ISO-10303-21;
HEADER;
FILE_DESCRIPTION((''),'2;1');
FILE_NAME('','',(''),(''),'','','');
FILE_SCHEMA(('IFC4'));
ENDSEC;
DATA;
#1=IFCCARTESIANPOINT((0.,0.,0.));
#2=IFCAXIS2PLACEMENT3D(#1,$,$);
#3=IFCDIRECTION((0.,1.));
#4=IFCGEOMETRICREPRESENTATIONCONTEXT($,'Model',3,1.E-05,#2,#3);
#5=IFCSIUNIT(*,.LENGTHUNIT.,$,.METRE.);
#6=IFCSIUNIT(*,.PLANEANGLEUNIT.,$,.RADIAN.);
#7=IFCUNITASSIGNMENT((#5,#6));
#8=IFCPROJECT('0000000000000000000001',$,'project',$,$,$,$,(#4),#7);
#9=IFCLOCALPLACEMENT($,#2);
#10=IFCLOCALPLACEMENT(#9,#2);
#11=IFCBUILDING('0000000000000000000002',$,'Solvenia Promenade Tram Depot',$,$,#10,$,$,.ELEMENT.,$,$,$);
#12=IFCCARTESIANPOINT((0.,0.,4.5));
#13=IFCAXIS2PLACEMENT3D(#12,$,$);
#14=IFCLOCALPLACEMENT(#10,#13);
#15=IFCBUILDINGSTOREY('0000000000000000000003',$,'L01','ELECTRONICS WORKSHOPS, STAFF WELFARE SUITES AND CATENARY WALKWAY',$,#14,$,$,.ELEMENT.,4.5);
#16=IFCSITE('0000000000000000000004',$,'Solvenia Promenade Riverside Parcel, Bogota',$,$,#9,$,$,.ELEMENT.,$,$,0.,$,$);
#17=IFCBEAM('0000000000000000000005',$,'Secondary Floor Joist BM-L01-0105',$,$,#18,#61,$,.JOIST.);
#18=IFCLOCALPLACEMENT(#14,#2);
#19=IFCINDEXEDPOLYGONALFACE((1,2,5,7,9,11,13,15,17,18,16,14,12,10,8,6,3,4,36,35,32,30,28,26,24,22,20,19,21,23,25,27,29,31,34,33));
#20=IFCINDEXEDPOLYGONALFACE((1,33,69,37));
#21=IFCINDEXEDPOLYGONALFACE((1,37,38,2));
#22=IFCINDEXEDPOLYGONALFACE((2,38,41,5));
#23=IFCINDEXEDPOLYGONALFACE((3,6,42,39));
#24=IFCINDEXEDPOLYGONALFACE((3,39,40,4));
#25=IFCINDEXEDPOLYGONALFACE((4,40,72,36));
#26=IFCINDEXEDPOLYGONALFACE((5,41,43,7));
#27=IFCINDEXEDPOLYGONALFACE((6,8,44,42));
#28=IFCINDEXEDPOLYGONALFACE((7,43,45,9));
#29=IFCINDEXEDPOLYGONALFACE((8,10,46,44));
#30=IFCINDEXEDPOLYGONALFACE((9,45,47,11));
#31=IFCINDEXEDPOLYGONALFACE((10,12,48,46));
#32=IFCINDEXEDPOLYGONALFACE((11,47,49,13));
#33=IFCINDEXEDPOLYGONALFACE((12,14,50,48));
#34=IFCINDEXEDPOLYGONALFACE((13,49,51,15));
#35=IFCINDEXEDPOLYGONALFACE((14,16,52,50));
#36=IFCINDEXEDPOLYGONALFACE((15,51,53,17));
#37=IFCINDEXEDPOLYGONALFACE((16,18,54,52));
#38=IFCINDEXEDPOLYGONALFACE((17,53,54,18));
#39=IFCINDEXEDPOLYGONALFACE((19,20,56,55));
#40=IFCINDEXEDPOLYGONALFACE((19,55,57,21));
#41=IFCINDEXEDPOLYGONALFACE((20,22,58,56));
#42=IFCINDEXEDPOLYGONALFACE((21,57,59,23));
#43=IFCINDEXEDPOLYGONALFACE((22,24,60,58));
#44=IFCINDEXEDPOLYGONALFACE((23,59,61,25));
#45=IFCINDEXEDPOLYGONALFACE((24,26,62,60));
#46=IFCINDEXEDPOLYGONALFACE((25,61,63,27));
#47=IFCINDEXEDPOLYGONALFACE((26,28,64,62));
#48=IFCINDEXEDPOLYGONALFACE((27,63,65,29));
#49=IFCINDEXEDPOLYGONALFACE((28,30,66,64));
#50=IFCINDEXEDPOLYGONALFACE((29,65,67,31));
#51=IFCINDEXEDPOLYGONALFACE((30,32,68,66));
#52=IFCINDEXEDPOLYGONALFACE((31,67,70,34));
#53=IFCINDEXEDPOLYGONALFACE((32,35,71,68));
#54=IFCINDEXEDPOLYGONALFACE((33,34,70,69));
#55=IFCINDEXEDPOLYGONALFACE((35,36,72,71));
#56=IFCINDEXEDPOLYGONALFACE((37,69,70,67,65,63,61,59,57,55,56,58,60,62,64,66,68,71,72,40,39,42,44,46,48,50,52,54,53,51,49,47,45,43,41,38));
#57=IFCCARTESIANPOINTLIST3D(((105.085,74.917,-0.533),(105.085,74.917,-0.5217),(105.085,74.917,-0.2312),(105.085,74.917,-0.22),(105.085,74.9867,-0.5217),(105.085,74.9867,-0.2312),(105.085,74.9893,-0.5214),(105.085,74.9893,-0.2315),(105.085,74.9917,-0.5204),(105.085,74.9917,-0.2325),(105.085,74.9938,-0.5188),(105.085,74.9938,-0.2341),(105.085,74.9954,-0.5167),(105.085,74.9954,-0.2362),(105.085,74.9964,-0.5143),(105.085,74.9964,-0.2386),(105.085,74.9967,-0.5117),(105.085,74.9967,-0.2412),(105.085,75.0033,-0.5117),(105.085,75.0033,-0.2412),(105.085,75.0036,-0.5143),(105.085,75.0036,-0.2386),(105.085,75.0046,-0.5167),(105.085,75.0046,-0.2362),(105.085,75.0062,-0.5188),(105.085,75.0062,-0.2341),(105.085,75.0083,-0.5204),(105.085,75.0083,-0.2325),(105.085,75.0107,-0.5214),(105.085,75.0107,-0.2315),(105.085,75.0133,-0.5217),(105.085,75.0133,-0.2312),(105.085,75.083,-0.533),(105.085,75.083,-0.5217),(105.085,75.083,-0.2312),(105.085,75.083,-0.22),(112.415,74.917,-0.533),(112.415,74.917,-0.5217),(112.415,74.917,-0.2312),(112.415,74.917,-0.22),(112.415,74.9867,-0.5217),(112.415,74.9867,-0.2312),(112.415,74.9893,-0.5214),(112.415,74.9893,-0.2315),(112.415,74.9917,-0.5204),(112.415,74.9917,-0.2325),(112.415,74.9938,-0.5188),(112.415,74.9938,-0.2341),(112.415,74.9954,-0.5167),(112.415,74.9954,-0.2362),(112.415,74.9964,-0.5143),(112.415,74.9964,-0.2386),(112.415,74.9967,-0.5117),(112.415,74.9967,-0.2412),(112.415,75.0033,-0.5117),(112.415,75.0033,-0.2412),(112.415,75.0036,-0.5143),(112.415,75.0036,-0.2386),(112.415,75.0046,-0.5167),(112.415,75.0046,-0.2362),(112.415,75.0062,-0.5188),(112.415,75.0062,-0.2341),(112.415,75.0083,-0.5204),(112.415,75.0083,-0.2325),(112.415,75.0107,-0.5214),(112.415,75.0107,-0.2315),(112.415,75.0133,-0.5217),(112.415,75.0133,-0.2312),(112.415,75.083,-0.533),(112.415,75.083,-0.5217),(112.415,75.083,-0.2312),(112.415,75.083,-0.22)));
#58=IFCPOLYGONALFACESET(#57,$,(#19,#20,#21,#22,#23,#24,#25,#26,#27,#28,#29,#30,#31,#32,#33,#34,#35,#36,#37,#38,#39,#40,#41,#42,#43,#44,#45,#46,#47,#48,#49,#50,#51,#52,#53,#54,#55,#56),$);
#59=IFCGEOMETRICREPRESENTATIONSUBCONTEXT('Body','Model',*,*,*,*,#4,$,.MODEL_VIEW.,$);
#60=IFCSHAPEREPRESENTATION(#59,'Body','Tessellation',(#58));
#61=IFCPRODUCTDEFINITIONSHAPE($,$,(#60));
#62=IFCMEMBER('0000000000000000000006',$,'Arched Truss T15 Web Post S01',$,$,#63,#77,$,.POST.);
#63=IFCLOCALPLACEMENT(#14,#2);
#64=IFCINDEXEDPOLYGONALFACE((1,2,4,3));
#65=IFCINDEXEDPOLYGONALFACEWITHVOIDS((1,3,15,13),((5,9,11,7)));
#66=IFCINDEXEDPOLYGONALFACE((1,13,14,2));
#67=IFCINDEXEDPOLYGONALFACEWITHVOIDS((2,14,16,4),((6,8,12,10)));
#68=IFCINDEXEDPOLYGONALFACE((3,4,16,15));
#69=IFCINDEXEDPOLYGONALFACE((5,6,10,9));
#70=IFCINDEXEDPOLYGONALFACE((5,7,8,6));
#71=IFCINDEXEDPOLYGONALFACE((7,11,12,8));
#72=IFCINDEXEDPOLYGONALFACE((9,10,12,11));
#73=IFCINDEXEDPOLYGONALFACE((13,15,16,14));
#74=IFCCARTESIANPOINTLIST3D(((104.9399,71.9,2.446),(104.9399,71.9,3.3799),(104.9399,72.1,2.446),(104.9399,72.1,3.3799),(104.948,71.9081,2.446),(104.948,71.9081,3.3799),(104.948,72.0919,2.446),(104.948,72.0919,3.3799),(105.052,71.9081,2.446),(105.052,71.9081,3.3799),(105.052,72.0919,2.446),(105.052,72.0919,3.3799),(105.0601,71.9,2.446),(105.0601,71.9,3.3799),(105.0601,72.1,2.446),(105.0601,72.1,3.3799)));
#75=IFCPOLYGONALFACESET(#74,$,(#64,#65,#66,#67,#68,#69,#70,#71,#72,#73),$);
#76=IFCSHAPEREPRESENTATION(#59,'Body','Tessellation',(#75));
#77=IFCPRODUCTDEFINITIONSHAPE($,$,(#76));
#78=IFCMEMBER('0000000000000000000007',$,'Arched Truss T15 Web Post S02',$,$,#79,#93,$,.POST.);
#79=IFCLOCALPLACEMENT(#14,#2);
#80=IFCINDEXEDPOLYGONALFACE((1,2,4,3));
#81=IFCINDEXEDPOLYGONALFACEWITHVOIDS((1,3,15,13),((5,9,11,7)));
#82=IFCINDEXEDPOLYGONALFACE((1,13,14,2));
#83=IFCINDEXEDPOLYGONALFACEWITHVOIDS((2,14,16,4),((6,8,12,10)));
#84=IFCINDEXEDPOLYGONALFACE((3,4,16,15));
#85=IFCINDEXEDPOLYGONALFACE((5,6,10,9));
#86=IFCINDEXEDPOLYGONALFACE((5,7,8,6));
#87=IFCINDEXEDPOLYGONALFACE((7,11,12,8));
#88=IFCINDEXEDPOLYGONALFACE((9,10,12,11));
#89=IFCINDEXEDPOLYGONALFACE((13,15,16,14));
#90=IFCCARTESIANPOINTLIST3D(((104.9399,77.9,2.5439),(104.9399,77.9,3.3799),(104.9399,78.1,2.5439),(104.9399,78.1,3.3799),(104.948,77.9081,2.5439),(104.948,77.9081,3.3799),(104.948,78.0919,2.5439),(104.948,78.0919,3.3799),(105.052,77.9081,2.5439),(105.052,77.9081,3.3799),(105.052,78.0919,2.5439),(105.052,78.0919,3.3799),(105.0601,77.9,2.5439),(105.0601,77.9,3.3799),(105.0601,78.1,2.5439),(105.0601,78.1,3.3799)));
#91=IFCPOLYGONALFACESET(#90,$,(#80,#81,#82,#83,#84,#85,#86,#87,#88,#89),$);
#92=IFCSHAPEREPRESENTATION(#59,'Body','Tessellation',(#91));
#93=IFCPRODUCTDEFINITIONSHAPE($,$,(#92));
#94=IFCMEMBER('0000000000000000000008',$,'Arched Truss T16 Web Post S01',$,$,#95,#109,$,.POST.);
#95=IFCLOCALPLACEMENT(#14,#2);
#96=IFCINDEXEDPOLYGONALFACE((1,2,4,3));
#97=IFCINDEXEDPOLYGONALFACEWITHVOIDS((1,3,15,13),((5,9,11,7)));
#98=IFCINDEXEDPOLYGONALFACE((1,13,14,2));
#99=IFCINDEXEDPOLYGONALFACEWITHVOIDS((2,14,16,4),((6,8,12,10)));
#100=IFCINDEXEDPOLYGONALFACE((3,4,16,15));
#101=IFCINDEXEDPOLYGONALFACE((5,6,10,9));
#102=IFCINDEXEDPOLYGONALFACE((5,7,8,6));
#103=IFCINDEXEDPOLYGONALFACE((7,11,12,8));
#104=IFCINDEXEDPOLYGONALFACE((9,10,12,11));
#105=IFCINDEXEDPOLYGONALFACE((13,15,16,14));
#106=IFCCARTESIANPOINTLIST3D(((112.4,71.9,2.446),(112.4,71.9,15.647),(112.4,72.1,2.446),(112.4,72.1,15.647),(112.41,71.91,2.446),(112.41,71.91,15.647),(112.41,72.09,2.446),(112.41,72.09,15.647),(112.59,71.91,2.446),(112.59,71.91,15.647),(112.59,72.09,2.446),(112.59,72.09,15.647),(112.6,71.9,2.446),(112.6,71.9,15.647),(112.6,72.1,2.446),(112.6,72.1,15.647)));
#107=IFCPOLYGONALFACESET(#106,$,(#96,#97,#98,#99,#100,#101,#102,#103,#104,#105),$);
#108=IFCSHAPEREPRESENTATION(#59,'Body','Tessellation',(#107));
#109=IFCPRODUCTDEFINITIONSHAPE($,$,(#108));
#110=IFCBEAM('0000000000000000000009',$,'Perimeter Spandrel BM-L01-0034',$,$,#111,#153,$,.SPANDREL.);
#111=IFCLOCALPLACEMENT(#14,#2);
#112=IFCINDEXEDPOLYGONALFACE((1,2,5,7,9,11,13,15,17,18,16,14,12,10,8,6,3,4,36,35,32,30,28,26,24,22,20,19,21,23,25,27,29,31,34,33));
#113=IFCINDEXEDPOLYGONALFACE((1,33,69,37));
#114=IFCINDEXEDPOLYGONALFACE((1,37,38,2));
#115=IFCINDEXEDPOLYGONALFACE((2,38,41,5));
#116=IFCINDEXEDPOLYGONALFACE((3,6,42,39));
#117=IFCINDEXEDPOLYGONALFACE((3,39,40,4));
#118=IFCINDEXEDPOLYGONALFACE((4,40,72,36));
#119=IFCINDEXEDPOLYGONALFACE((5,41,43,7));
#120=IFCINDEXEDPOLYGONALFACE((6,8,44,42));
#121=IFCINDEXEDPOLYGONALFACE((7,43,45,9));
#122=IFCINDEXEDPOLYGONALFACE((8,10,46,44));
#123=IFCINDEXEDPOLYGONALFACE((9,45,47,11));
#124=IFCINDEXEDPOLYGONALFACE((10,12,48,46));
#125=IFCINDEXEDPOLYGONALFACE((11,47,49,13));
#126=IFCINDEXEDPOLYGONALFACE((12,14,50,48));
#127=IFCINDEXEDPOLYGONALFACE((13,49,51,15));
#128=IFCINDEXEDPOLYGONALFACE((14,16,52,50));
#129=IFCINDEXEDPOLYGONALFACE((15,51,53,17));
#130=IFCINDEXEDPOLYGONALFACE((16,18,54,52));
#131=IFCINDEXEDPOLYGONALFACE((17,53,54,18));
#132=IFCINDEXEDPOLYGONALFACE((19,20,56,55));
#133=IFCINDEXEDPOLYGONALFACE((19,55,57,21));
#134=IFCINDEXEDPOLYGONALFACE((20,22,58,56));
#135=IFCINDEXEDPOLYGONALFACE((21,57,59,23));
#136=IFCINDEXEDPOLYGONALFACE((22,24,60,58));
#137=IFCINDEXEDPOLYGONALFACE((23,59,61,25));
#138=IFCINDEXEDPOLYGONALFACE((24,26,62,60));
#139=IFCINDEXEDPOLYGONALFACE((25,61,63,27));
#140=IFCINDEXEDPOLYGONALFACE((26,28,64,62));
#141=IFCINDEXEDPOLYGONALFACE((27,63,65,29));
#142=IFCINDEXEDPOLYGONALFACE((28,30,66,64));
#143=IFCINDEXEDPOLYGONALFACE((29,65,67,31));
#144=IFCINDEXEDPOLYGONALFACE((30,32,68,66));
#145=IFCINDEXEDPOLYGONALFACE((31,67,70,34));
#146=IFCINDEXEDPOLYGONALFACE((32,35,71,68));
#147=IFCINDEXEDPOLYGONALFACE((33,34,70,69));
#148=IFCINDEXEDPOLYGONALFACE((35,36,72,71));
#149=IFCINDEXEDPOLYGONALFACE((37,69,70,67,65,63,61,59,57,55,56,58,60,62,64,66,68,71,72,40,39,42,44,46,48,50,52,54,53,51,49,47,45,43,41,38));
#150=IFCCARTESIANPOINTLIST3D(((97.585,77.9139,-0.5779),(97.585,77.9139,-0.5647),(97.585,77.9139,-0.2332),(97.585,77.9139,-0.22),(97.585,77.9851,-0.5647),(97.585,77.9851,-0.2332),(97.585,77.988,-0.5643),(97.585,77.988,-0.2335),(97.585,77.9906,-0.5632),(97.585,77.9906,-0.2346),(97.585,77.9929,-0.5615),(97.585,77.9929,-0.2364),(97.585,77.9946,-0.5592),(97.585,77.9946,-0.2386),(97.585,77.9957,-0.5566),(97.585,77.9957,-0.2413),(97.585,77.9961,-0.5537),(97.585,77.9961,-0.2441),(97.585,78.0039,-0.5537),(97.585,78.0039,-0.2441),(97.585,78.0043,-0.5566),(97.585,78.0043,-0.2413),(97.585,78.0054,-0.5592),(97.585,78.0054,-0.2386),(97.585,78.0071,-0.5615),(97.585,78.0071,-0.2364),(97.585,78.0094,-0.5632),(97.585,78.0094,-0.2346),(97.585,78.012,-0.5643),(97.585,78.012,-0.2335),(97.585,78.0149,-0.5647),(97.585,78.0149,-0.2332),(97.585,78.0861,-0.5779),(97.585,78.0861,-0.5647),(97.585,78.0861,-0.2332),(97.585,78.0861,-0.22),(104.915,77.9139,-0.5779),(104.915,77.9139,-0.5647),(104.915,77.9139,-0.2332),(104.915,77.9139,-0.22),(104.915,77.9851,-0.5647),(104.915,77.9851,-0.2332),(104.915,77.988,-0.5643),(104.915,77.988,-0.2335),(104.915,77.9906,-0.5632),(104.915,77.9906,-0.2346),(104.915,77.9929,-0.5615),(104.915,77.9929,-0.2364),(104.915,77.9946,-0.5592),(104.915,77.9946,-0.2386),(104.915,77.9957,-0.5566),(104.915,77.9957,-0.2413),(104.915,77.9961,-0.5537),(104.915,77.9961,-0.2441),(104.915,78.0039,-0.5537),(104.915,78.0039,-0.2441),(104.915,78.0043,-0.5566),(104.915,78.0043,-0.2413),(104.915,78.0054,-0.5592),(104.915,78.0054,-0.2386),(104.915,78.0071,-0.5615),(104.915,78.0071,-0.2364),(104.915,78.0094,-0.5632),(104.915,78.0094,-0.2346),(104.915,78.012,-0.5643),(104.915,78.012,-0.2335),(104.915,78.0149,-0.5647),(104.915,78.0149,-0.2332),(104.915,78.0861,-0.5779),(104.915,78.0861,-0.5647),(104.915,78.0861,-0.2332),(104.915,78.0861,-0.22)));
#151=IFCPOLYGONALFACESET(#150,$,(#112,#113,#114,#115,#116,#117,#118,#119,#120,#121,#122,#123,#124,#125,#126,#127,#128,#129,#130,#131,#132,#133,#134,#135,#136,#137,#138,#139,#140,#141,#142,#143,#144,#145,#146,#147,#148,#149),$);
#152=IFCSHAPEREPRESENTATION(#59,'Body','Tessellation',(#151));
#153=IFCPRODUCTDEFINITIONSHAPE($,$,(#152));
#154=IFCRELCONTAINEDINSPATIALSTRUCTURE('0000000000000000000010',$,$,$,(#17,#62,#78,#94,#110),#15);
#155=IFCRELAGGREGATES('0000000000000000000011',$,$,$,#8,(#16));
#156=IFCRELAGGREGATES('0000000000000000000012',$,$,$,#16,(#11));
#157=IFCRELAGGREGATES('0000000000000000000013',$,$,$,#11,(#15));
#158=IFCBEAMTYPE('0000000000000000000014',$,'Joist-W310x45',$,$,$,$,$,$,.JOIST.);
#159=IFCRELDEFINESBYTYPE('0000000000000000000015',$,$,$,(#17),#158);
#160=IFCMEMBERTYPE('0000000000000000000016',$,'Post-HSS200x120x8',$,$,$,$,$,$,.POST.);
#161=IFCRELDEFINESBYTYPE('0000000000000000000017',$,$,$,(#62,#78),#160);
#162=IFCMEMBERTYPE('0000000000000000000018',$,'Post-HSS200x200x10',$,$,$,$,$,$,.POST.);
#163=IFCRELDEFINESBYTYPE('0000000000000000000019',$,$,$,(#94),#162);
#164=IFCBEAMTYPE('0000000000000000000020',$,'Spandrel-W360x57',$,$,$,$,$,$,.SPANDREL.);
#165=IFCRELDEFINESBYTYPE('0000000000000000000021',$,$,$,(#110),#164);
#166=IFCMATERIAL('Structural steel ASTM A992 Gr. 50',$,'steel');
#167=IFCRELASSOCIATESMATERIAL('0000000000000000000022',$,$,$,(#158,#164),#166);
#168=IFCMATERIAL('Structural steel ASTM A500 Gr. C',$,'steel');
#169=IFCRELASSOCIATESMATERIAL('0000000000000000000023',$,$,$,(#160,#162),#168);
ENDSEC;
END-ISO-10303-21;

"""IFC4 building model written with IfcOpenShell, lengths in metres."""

from ifc_helpers import new_model, si_unit, direction, frame, origin, origin_2d, place, context, subcontext, project, spatial, hollow_rectangle, i_section, extrude, material, material_profile, profile_set, type_object, element, save


model = new_model("IFC4")

# Units and contexts
model_context = context("Model", 3, precision=1e-05, world=origin(), true_north=direction((0.0, 1.0)))
body_context = subcontext(model_context, "Body", "Model", "MODEL_VIEW")
ifc_project = project(units=[si_unit("LENGTHUNIT", "METRE"), si_unit("PLANEANGLEUNIT", "RADIAN")], contexts=[model_context])

# Site, building, storey
site_placement = place(None, origin())
site = spatial("IfcSite", under=ifc_project, at=site_placement, Name="Solvenia Promenade Riverside Parcel, Bogota", CompositionType="ELEMENT", RefElevation=0.0)
building_placement = place(site_placement, origin())
building = spatial("IfcBuilding", under=site, at=building_placement, Name="Solvenia Promenade Tram Depot", CompositionType="ELEMENT")
storey_placement = place(building_placement, frame((0.0, 0.0, 4.5)))
storey = spatial("IfcBuildingStorey", under=building, at=storey_placement, Name="L01", Description="ELECTRONICS WORKSHOPS, STAFF WELFARE SUITES AND CATENARY WALKWAY", CompositionType="ELEMENT", Elevation=4.5)

# Shared definitions
ifc_material_1 = material(Name="Structural steel ASTM A992 Gr. 50", Category="steel")

# Shared definitions
ifc_material_2 = material(Name="Structural steel ASTM A500 Gr. C", Category="steel")

# Beam
ifc_material_profile_1 = material_profile(ifc_material_1, i_section(OverallWidth=0.166, OverallDepth=0.313, WebThickness=0.0066, FlangeThickness=0.0112, FilletRadius=0.01, at=origin_2d()), Name="W310x45", Category="steel")
ifc_profile_set_1 = profile_set([ifc_material_profile_1], Name="Structural steel ASTM A992 Gr. 50")
beam_type_1 = type_object("IfcBeamType", Name="Joist-W310x45", PredefinedType="JOIST", material=ifc_profile_set_1)
for number, where, z_axis, x_axis, name in (
    (1, (105.085, 75.0, -0.3765), (1.0, 0.0, 0.0), (0.0, 1.0, 0.0), "Secondary Floor Joist BM-L01-0105"),
):
    element("IfcBeam", number, at=place(storey_placement, frame(where, z_axis=z_axis, x_axis=x_axis)), inside=storey, type_object=beam_type_1, Name=name, PredefinedType="JOIST", context=body_context, shape_type="SweptSolid", body=[
        extrude(i_section(OverallWidth=0.166, OverallDepth=0.313, WebThickness=0.0066, FlangeThickness=0.0112, FilletRadius=0.01, at=origin_2d()), origin(), (0.0, 0.0, 1.0), 7.3301),
    ])

# Members
ifc_material_profile_2 = material_profile(ifc_material_2, hollow_rectangle(XDim=0.1201, YDim=0.2, WallThickness=0.0081, at=origin_2d()), Name="HSS200x120x8", Category="steel")
ifc_profile_set_2 = profile_set([ifc_material_profile_2], Name="Structural steel ASTM A500 Gr. C")
member_type_1 = type_object("IfcMemberType", Name="Post-HSS200x120x8", PredefinedType="POST", material=ifc_profile_set_2)
member_1_placement = place(storey_placement, frame((105.0, 72.0, 2.446), z_axis=(0.0, 0.0, 1.0), x_axis=(1.0, 0.0, 0.0)))
element("IfcMember", 2, at=member_1_placement, inside=storey, type_object=member_type_1, Name="Arched Truss T15 Web Post S01", PredefinedType="POST", context=body_context, shape_type="SweptSolid", body=[
    extrude(hollow_rectangle(XDim=0.1201, YDim=0.2, WallThickness=0.0081, at=origin_2d()), origin(), (0.0, 0.0, 1.0), 0.9338),
])
member_2_placement = place(storey_placement, frame((105.0, 78.0, 2.5439), z_axis=(0.0, 0.0, 1.0), x_axis=(1.0, 0.0, 0.0)))
element("IfcMember", 3, at=member_2_placement, inside=storey, type_object=member_type_1, Name="Arched Truss T15 Web Post S02", PredefinedType="POST", context=body_context, shape_type="SweptSolid", body=[
    extrude(hollow_rectangle(XDim=0.1201, YDim=0.2, WallThickness=0.0081, at=origin_2d()), origin(), (0.0, 0.0, 1.0), 0.8359),
])
ifc_material_profile_3 = material_profile(ifc_material_2, hollow_rectangle(XDim=0.2, YDim=0.2, WallThickness=0.01, at=origin_2d()), Name="HSS200x200x10", Category="steel")
ifc_profile_set_3 = profile_set([ifc_material_profile_3], Name="Structural steel ASTM A500 Gr. C")
member_type_2 = type_object("IfcMemberType", Name="Post-HSS200x200x10", PredefinedType="POST", material=ifc_profile_set_3)
member_3_placement = place(storey_placement, frame((112.5, 72.0, 2.446), z_axis=(0.0, 0.0, 1.0), x_axis=(1.0, 0.0, 0.0)))
element("IfcMember", 4, at=member_3_placement, inside=storey, type_object=member_type_2, Name="Arched Truss T16 Web Post S01", PredefinedType="POST", context=body_context, shape_type="SweptSolid", body=[
    extrude(hollow_rectangle(XDim=0.2, YDim=0.2, WallThickness=0.01, at=origin_2d()), origin(), (0.0, 0.0, 1.0), 13.2009),
])

# Beam
ifc_material_profile_4 = material_profile(ifc_material_1, i_section(OverallWidth=0.1721, OverallDepth=0.3579, WebThickness=0.0078, FlangeThickness=0.0132, FilletRadius=0.011, at=origin_2d()), Name="W360x57", Category="steel")
ifc_profile_set_4 = profile_set([ifc_material_profile_4], Name="Structural steel ASTM A992 Gr. 50")
beam_type_2 = type_object("IfcBeamType", Name="Spandrel-W360x57", PredefinedType="SPANDREL", material=ifc_profile_set_4)
for number, where, z_axis, x_axis, name in (
    (5, (97.585, 78.0, -0.3989), (1.0, 0.0, 0.0), (0.0, 1.0, 0.0), "Perimeter Spandrel BM-L01-0034"),
):
    element("IfcBeam", number, at=place(storey_placement, frame(where, z_axis=z_axis, x_axis=x_axis)), inside=storey, type_object=beam_type_2, Name=name, PredefinedType="SPANDREL", context=body_context, shape_type="SweptSolid", body=[
        extrude(i_section(OverallWidth=0.1721, OverallDepth=0.3579, WebThickness=0.0078, FlangeThickness=0.0132, FilletRadius=0.011, at=origin_2d()), origin(), (0.0, 0.0, 1.0), 7.3301),
    ])

save(model, "model.ifc")
